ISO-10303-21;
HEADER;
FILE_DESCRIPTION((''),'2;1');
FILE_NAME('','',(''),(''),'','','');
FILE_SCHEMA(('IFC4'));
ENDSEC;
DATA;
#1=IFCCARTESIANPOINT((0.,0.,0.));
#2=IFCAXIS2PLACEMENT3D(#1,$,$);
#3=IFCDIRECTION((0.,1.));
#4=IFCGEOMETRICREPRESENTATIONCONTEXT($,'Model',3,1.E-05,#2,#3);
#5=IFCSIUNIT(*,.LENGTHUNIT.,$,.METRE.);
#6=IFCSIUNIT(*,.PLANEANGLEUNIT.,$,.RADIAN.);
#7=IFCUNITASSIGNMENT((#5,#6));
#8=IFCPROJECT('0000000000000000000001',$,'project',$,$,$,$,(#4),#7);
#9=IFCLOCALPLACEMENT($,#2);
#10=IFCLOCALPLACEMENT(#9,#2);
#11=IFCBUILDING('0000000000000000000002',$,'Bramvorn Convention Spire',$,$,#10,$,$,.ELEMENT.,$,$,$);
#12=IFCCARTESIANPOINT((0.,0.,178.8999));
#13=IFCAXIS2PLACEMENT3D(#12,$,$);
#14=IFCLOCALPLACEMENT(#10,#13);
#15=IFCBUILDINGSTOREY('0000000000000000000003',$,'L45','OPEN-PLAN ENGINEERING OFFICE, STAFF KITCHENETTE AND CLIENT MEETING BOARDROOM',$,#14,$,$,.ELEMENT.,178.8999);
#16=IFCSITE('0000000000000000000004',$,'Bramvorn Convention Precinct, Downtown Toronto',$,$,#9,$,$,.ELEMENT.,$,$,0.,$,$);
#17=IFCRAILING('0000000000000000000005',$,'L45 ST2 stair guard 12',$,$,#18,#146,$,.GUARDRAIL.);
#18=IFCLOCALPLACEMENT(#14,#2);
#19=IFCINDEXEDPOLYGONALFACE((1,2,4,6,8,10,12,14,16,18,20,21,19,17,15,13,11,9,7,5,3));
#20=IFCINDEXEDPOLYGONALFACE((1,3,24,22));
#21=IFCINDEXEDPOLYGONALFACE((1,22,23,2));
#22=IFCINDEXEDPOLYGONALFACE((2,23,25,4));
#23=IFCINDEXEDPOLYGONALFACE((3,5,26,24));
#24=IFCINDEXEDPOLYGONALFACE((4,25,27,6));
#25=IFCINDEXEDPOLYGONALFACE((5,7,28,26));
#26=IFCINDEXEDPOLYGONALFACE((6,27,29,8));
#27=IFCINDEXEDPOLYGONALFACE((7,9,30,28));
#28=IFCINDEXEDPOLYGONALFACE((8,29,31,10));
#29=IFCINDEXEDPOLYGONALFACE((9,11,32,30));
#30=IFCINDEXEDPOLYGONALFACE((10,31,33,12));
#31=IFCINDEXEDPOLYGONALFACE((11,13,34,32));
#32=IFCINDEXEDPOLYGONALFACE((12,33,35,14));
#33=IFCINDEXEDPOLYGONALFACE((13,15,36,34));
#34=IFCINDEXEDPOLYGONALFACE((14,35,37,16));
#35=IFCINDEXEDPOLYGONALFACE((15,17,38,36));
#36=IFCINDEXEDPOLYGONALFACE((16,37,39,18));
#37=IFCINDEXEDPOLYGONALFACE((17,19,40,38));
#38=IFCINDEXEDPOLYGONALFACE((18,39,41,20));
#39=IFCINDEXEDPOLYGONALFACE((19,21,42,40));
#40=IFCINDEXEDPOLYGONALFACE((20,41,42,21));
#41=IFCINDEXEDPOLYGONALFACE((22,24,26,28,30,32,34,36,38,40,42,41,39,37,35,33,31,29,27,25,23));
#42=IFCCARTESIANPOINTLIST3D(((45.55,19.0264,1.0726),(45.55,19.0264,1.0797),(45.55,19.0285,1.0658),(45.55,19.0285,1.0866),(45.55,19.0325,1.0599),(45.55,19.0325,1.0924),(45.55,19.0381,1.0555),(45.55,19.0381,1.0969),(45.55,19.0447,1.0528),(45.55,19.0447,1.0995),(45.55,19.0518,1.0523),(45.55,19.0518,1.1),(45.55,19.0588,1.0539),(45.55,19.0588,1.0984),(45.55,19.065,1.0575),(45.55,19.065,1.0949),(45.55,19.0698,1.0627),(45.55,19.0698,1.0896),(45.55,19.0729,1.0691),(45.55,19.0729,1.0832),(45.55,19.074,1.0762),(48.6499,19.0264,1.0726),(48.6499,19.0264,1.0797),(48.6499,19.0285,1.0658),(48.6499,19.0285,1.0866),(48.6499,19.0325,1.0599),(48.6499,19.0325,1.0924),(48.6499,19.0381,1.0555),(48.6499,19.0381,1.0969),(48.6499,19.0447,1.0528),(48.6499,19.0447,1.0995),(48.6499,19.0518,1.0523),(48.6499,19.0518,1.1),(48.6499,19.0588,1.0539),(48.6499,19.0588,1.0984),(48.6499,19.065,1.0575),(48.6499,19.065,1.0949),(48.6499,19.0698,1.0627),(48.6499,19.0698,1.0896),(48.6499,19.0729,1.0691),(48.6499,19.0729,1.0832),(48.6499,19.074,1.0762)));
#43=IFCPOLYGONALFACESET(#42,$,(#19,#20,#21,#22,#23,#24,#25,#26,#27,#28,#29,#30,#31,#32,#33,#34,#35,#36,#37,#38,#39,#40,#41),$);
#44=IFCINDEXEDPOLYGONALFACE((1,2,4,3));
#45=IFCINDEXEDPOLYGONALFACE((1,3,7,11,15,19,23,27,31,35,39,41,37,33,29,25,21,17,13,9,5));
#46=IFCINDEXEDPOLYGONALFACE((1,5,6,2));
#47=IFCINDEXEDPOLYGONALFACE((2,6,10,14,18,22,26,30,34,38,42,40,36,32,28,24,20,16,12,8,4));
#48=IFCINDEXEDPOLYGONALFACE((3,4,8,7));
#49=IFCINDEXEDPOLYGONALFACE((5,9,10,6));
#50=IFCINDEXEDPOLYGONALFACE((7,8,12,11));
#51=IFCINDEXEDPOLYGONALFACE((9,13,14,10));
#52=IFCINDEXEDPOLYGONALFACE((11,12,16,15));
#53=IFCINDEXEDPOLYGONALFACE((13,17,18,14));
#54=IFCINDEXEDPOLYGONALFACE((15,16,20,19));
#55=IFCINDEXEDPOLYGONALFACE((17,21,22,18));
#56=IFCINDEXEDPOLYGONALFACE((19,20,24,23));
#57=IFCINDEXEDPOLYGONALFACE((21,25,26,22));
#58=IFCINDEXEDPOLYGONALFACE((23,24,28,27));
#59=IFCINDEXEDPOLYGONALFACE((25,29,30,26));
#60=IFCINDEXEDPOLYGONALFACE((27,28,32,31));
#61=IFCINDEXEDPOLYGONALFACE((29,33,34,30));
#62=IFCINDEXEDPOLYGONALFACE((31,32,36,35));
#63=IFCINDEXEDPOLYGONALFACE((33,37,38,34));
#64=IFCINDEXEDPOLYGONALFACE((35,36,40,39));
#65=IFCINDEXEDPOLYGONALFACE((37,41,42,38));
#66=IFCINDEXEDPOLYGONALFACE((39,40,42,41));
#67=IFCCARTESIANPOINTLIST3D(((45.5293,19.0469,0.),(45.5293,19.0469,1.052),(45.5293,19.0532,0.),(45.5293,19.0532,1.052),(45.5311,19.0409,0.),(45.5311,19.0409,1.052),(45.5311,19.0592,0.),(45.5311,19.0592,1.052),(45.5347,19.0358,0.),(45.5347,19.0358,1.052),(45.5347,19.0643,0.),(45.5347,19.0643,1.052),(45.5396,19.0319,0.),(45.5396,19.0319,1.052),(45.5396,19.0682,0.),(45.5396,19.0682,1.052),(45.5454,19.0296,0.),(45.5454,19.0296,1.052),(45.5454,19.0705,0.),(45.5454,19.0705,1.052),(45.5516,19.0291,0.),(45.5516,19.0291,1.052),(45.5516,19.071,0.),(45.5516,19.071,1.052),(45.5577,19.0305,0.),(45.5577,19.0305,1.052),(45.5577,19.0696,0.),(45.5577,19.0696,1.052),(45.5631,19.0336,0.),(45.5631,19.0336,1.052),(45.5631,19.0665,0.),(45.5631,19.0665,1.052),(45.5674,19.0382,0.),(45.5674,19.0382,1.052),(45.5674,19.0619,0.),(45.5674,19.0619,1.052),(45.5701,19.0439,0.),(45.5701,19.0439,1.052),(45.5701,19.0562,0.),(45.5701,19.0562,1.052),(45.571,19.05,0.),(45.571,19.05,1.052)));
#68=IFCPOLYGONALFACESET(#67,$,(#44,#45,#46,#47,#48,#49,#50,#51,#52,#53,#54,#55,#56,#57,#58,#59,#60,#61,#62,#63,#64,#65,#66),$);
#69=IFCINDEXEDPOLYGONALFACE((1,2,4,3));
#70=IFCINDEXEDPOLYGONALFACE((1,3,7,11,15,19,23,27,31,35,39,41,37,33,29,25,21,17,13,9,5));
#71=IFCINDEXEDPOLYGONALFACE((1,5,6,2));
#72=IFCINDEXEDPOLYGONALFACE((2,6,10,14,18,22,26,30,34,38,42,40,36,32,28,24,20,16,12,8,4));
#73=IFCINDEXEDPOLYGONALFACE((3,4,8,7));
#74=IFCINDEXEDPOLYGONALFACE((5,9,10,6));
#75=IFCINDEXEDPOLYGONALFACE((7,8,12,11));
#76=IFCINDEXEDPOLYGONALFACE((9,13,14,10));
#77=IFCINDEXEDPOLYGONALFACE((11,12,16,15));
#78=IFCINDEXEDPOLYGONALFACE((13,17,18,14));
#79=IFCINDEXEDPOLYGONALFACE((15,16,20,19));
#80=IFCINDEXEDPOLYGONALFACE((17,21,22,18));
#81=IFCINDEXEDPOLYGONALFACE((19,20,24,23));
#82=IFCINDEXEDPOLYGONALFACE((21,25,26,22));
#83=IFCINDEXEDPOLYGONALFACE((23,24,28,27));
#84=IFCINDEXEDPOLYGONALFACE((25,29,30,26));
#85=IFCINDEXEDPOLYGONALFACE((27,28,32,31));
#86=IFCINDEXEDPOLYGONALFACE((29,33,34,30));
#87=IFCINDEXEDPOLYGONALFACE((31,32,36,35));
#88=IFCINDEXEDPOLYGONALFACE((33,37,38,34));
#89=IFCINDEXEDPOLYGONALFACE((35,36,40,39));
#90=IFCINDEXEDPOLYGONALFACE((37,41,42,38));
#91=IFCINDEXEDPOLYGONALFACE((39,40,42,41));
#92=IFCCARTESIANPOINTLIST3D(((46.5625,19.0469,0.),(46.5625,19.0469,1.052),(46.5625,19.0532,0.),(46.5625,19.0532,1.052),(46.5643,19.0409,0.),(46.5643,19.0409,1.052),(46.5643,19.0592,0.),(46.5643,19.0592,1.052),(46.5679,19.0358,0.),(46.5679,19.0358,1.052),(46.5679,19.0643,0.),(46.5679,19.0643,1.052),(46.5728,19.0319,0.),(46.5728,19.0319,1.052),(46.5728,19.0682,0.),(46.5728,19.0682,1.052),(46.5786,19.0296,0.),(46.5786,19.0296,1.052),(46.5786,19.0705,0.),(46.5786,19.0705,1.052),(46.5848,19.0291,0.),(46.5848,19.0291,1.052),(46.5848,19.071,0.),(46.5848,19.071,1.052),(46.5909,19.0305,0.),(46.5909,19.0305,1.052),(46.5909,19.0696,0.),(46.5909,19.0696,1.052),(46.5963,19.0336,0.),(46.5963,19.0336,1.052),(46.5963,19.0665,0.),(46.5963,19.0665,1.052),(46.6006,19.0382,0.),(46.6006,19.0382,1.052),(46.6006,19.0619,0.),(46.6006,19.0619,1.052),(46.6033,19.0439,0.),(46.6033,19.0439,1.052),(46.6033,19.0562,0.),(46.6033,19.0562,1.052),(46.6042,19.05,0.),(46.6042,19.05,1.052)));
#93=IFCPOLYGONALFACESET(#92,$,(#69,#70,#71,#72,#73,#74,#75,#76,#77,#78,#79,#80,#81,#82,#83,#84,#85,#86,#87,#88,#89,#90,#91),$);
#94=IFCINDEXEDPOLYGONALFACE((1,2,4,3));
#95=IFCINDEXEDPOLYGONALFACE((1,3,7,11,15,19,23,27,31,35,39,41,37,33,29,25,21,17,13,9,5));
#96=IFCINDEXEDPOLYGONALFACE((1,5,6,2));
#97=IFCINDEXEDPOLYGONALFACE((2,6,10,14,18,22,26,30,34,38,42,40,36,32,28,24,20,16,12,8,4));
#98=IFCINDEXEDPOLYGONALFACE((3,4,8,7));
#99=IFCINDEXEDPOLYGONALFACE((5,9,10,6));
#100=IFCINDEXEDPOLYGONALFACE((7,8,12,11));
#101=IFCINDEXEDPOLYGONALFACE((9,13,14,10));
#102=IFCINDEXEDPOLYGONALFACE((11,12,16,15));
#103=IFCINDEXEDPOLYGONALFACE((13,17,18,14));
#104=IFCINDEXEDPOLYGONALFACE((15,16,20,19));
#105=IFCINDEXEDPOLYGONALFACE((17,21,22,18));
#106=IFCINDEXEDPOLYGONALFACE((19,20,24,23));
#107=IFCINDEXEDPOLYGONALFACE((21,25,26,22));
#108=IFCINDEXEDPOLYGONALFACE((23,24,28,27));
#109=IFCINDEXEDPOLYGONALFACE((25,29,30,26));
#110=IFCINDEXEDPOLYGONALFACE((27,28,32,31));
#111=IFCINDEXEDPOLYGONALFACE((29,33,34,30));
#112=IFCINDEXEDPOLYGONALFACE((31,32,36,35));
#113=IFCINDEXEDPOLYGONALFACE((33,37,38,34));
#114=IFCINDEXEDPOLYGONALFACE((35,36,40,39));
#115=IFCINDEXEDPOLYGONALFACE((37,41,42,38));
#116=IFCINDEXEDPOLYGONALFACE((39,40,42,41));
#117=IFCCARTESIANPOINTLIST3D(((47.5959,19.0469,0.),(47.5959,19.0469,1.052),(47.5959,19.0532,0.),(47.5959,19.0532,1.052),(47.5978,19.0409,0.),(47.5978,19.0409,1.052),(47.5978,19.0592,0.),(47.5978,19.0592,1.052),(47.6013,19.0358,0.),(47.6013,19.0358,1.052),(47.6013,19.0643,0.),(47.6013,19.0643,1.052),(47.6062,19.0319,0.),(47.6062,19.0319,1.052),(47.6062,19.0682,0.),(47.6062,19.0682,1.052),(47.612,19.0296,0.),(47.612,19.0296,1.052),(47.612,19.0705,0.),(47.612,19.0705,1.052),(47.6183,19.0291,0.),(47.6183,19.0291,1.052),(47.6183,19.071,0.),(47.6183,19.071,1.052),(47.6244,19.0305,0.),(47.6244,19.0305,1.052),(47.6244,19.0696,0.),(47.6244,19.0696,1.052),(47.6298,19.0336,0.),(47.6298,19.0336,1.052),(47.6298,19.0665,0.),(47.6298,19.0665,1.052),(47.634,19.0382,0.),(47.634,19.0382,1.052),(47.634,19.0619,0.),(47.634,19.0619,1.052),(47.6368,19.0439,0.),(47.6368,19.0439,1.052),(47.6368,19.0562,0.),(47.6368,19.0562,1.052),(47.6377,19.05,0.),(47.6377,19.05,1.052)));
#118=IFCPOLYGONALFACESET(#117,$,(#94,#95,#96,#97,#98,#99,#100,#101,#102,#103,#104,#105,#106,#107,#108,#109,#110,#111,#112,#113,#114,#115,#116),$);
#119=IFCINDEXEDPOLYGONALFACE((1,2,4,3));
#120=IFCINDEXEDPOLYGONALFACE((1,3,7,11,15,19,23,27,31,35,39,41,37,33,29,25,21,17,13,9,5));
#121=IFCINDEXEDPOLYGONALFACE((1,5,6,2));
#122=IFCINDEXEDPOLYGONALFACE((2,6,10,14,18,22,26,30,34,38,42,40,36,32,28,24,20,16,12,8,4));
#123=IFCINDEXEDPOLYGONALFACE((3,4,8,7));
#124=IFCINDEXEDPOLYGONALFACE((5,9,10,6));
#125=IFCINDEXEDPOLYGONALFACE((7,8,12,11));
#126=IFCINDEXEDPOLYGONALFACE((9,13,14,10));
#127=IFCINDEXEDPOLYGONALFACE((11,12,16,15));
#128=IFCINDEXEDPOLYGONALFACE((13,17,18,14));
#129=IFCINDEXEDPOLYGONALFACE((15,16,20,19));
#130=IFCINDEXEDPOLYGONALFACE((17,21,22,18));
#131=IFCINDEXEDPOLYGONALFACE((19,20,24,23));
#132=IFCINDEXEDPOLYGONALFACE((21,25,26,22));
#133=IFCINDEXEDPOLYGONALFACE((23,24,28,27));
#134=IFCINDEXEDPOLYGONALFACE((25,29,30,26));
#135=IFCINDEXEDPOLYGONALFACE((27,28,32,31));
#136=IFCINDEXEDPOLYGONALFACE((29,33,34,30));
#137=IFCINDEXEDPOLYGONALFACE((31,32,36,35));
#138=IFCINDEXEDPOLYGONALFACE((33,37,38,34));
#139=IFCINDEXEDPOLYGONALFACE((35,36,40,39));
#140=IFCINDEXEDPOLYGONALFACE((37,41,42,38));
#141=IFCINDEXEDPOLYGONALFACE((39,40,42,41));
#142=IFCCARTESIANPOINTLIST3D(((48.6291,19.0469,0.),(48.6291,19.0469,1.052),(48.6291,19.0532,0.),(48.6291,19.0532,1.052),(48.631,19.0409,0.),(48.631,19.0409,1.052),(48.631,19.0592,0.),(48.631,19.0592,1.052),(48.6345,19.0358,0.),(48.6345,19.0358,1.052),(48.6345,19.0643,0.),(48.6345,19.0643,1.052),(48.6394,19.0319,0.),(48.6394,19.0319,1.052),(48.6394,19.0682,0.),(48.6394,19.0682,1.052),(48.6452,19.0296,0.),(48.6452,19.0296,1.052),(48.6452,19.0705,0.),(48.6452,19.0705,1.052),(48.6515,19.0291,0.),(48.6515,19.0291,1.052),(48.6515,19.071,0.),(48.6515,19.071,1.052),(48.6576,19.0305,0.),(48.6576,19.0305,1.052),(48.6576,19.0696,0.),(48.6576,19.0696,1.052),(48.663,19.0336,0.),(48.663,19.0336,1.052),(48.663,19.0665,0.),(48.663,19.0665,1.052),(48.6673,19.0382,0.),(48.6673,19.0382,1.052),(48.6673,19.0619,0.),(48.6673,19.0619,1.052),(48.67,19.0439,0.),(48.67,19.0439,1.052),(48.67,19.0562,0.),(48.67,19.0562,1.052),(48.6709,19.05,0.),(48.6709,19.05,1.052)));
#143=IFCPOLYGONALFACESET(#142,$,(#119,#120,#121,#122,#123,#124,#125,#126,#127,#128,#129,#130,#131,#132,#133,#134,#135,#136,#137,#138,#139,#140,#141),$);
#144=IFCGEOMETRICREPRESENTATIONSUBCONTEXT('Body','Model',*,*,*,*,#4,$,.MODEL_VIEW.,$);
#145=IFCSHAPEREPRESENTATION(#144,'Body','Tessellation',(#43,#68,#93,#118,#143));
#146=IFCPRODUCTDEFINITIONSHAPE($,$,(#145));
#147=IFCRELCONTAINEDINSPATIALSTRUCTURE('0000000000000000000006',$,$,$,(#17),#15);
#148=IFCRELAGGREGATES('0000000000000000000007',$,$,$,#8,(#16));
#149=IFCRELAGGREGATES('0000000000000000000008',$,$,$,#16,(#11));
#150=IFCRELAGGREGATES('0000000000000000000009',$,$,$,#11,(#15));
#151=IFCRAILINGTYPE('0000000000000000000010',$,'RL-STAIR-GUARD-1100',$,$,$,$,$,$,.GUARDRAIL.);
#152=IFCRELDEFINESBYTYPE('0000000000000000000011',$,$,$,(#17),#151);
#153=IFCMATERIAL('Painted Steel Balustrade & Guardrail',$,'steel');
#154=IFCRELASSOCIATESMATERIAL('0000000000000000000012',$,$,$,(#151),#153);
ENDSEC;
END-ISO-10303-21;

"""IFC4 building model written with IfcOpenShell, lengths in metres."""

from ifc_helpers import new_model, si_unit, direction, frame, origin, origin_2d, place, context, subcontext, project, spatial, circle, extrude, material, type_object, element, save


model = new_model("IFC4")

# Units and contexts
model_context = context("Model", 3, precision=1e-05, world=origin(), true_north=direction((0.0, 1.0)))
body_context = subcontext(model_context, "Body", "Model", "MODEL_VIEW")
ifc_project = project(units=[si_unit("LENGTHUNIT", "METRE"), si_unit("PLANEANGLEUNIT", "RADIAN")], contexts=[model_context])

# Site, building, storey
site_placement = place(None, origin())
site = spatial("IfcSite", under=ifc_project, at=site_placement, Name="Bramvorn Convention Precinct, Downtown Toronto", CompositionType="ELEMENT", RefElevation=0.0)
building_placement = place(site_placement, origin())
building = spatial("IfcBuilding", under=site, at=building_placement, Name="Bramvorn Convention Spire", CompositionType="ELEMENT")
storey_placement = place(building_placement, frame((0.0, 0.0, 178.8999)))
storey = spatial("IfcBuildingStorey", under=building, at=storey_placement, Name="L45", Description="OPEN-PLAN ENGINEERING OFFICE, STAFF KITCHENETTE AND CLIENT MEETING BOARDROOM", CompositionType="ELEMENT", Elevation=178.8999)

# Railing
ifc_material_1 = material(Name="Painted Steel Balustrade & Guardrail", Category="steel")
railing_type = type_object("IfcRailingType", Name="RL-STAIR-GUARD-1100", PredefinedType="GUARDRAIL", material=ifc_material_1)
railing_1_placement = place(storey_placement, frame((45.55, 19.05, 0.0)))
element("IfcRailing", 1, at=railing_1_placement, inside=storey, type_object=railing_type, Name="L45 ST2 stair guard 12", PredefinedType="GUARDRAIL", context=body_context, shape_type="SweptSolid", body=[
    extrude(circle(Radius=0.0239, at=origin_2d()), frame((0.0, 0.0, 1.0762), z_axis=(1.0, 0.0, 0.0), x_axis=(0.0, 1.0, 0.0)), (0.0, 0.0, 1.0), 3.0999),
    extrude(circle(Radius=0.021, at=origin_2d()), origin(), (0.0, 0.0, 1.0), 1.052),
    extrude(circle(Radius=0.021, at=origin_2d()), frame((1.0332, 0.0, 0.0)), (0.0, 0.0, 1.0), 1.052),
    extrude(circle(Radius=0.021, at=origin_2d()), frame((2.0667, 0.0, 0.0)), (0.0, 0.0, 1.0), 1.052),
    extrude(circle(Radius=0.021, at=origin_2d()), frame((3.0999, 0.0, 0.0)), (0.0, 0.0, 1.0), 1.052),
])

save(model, "model.ifc")
